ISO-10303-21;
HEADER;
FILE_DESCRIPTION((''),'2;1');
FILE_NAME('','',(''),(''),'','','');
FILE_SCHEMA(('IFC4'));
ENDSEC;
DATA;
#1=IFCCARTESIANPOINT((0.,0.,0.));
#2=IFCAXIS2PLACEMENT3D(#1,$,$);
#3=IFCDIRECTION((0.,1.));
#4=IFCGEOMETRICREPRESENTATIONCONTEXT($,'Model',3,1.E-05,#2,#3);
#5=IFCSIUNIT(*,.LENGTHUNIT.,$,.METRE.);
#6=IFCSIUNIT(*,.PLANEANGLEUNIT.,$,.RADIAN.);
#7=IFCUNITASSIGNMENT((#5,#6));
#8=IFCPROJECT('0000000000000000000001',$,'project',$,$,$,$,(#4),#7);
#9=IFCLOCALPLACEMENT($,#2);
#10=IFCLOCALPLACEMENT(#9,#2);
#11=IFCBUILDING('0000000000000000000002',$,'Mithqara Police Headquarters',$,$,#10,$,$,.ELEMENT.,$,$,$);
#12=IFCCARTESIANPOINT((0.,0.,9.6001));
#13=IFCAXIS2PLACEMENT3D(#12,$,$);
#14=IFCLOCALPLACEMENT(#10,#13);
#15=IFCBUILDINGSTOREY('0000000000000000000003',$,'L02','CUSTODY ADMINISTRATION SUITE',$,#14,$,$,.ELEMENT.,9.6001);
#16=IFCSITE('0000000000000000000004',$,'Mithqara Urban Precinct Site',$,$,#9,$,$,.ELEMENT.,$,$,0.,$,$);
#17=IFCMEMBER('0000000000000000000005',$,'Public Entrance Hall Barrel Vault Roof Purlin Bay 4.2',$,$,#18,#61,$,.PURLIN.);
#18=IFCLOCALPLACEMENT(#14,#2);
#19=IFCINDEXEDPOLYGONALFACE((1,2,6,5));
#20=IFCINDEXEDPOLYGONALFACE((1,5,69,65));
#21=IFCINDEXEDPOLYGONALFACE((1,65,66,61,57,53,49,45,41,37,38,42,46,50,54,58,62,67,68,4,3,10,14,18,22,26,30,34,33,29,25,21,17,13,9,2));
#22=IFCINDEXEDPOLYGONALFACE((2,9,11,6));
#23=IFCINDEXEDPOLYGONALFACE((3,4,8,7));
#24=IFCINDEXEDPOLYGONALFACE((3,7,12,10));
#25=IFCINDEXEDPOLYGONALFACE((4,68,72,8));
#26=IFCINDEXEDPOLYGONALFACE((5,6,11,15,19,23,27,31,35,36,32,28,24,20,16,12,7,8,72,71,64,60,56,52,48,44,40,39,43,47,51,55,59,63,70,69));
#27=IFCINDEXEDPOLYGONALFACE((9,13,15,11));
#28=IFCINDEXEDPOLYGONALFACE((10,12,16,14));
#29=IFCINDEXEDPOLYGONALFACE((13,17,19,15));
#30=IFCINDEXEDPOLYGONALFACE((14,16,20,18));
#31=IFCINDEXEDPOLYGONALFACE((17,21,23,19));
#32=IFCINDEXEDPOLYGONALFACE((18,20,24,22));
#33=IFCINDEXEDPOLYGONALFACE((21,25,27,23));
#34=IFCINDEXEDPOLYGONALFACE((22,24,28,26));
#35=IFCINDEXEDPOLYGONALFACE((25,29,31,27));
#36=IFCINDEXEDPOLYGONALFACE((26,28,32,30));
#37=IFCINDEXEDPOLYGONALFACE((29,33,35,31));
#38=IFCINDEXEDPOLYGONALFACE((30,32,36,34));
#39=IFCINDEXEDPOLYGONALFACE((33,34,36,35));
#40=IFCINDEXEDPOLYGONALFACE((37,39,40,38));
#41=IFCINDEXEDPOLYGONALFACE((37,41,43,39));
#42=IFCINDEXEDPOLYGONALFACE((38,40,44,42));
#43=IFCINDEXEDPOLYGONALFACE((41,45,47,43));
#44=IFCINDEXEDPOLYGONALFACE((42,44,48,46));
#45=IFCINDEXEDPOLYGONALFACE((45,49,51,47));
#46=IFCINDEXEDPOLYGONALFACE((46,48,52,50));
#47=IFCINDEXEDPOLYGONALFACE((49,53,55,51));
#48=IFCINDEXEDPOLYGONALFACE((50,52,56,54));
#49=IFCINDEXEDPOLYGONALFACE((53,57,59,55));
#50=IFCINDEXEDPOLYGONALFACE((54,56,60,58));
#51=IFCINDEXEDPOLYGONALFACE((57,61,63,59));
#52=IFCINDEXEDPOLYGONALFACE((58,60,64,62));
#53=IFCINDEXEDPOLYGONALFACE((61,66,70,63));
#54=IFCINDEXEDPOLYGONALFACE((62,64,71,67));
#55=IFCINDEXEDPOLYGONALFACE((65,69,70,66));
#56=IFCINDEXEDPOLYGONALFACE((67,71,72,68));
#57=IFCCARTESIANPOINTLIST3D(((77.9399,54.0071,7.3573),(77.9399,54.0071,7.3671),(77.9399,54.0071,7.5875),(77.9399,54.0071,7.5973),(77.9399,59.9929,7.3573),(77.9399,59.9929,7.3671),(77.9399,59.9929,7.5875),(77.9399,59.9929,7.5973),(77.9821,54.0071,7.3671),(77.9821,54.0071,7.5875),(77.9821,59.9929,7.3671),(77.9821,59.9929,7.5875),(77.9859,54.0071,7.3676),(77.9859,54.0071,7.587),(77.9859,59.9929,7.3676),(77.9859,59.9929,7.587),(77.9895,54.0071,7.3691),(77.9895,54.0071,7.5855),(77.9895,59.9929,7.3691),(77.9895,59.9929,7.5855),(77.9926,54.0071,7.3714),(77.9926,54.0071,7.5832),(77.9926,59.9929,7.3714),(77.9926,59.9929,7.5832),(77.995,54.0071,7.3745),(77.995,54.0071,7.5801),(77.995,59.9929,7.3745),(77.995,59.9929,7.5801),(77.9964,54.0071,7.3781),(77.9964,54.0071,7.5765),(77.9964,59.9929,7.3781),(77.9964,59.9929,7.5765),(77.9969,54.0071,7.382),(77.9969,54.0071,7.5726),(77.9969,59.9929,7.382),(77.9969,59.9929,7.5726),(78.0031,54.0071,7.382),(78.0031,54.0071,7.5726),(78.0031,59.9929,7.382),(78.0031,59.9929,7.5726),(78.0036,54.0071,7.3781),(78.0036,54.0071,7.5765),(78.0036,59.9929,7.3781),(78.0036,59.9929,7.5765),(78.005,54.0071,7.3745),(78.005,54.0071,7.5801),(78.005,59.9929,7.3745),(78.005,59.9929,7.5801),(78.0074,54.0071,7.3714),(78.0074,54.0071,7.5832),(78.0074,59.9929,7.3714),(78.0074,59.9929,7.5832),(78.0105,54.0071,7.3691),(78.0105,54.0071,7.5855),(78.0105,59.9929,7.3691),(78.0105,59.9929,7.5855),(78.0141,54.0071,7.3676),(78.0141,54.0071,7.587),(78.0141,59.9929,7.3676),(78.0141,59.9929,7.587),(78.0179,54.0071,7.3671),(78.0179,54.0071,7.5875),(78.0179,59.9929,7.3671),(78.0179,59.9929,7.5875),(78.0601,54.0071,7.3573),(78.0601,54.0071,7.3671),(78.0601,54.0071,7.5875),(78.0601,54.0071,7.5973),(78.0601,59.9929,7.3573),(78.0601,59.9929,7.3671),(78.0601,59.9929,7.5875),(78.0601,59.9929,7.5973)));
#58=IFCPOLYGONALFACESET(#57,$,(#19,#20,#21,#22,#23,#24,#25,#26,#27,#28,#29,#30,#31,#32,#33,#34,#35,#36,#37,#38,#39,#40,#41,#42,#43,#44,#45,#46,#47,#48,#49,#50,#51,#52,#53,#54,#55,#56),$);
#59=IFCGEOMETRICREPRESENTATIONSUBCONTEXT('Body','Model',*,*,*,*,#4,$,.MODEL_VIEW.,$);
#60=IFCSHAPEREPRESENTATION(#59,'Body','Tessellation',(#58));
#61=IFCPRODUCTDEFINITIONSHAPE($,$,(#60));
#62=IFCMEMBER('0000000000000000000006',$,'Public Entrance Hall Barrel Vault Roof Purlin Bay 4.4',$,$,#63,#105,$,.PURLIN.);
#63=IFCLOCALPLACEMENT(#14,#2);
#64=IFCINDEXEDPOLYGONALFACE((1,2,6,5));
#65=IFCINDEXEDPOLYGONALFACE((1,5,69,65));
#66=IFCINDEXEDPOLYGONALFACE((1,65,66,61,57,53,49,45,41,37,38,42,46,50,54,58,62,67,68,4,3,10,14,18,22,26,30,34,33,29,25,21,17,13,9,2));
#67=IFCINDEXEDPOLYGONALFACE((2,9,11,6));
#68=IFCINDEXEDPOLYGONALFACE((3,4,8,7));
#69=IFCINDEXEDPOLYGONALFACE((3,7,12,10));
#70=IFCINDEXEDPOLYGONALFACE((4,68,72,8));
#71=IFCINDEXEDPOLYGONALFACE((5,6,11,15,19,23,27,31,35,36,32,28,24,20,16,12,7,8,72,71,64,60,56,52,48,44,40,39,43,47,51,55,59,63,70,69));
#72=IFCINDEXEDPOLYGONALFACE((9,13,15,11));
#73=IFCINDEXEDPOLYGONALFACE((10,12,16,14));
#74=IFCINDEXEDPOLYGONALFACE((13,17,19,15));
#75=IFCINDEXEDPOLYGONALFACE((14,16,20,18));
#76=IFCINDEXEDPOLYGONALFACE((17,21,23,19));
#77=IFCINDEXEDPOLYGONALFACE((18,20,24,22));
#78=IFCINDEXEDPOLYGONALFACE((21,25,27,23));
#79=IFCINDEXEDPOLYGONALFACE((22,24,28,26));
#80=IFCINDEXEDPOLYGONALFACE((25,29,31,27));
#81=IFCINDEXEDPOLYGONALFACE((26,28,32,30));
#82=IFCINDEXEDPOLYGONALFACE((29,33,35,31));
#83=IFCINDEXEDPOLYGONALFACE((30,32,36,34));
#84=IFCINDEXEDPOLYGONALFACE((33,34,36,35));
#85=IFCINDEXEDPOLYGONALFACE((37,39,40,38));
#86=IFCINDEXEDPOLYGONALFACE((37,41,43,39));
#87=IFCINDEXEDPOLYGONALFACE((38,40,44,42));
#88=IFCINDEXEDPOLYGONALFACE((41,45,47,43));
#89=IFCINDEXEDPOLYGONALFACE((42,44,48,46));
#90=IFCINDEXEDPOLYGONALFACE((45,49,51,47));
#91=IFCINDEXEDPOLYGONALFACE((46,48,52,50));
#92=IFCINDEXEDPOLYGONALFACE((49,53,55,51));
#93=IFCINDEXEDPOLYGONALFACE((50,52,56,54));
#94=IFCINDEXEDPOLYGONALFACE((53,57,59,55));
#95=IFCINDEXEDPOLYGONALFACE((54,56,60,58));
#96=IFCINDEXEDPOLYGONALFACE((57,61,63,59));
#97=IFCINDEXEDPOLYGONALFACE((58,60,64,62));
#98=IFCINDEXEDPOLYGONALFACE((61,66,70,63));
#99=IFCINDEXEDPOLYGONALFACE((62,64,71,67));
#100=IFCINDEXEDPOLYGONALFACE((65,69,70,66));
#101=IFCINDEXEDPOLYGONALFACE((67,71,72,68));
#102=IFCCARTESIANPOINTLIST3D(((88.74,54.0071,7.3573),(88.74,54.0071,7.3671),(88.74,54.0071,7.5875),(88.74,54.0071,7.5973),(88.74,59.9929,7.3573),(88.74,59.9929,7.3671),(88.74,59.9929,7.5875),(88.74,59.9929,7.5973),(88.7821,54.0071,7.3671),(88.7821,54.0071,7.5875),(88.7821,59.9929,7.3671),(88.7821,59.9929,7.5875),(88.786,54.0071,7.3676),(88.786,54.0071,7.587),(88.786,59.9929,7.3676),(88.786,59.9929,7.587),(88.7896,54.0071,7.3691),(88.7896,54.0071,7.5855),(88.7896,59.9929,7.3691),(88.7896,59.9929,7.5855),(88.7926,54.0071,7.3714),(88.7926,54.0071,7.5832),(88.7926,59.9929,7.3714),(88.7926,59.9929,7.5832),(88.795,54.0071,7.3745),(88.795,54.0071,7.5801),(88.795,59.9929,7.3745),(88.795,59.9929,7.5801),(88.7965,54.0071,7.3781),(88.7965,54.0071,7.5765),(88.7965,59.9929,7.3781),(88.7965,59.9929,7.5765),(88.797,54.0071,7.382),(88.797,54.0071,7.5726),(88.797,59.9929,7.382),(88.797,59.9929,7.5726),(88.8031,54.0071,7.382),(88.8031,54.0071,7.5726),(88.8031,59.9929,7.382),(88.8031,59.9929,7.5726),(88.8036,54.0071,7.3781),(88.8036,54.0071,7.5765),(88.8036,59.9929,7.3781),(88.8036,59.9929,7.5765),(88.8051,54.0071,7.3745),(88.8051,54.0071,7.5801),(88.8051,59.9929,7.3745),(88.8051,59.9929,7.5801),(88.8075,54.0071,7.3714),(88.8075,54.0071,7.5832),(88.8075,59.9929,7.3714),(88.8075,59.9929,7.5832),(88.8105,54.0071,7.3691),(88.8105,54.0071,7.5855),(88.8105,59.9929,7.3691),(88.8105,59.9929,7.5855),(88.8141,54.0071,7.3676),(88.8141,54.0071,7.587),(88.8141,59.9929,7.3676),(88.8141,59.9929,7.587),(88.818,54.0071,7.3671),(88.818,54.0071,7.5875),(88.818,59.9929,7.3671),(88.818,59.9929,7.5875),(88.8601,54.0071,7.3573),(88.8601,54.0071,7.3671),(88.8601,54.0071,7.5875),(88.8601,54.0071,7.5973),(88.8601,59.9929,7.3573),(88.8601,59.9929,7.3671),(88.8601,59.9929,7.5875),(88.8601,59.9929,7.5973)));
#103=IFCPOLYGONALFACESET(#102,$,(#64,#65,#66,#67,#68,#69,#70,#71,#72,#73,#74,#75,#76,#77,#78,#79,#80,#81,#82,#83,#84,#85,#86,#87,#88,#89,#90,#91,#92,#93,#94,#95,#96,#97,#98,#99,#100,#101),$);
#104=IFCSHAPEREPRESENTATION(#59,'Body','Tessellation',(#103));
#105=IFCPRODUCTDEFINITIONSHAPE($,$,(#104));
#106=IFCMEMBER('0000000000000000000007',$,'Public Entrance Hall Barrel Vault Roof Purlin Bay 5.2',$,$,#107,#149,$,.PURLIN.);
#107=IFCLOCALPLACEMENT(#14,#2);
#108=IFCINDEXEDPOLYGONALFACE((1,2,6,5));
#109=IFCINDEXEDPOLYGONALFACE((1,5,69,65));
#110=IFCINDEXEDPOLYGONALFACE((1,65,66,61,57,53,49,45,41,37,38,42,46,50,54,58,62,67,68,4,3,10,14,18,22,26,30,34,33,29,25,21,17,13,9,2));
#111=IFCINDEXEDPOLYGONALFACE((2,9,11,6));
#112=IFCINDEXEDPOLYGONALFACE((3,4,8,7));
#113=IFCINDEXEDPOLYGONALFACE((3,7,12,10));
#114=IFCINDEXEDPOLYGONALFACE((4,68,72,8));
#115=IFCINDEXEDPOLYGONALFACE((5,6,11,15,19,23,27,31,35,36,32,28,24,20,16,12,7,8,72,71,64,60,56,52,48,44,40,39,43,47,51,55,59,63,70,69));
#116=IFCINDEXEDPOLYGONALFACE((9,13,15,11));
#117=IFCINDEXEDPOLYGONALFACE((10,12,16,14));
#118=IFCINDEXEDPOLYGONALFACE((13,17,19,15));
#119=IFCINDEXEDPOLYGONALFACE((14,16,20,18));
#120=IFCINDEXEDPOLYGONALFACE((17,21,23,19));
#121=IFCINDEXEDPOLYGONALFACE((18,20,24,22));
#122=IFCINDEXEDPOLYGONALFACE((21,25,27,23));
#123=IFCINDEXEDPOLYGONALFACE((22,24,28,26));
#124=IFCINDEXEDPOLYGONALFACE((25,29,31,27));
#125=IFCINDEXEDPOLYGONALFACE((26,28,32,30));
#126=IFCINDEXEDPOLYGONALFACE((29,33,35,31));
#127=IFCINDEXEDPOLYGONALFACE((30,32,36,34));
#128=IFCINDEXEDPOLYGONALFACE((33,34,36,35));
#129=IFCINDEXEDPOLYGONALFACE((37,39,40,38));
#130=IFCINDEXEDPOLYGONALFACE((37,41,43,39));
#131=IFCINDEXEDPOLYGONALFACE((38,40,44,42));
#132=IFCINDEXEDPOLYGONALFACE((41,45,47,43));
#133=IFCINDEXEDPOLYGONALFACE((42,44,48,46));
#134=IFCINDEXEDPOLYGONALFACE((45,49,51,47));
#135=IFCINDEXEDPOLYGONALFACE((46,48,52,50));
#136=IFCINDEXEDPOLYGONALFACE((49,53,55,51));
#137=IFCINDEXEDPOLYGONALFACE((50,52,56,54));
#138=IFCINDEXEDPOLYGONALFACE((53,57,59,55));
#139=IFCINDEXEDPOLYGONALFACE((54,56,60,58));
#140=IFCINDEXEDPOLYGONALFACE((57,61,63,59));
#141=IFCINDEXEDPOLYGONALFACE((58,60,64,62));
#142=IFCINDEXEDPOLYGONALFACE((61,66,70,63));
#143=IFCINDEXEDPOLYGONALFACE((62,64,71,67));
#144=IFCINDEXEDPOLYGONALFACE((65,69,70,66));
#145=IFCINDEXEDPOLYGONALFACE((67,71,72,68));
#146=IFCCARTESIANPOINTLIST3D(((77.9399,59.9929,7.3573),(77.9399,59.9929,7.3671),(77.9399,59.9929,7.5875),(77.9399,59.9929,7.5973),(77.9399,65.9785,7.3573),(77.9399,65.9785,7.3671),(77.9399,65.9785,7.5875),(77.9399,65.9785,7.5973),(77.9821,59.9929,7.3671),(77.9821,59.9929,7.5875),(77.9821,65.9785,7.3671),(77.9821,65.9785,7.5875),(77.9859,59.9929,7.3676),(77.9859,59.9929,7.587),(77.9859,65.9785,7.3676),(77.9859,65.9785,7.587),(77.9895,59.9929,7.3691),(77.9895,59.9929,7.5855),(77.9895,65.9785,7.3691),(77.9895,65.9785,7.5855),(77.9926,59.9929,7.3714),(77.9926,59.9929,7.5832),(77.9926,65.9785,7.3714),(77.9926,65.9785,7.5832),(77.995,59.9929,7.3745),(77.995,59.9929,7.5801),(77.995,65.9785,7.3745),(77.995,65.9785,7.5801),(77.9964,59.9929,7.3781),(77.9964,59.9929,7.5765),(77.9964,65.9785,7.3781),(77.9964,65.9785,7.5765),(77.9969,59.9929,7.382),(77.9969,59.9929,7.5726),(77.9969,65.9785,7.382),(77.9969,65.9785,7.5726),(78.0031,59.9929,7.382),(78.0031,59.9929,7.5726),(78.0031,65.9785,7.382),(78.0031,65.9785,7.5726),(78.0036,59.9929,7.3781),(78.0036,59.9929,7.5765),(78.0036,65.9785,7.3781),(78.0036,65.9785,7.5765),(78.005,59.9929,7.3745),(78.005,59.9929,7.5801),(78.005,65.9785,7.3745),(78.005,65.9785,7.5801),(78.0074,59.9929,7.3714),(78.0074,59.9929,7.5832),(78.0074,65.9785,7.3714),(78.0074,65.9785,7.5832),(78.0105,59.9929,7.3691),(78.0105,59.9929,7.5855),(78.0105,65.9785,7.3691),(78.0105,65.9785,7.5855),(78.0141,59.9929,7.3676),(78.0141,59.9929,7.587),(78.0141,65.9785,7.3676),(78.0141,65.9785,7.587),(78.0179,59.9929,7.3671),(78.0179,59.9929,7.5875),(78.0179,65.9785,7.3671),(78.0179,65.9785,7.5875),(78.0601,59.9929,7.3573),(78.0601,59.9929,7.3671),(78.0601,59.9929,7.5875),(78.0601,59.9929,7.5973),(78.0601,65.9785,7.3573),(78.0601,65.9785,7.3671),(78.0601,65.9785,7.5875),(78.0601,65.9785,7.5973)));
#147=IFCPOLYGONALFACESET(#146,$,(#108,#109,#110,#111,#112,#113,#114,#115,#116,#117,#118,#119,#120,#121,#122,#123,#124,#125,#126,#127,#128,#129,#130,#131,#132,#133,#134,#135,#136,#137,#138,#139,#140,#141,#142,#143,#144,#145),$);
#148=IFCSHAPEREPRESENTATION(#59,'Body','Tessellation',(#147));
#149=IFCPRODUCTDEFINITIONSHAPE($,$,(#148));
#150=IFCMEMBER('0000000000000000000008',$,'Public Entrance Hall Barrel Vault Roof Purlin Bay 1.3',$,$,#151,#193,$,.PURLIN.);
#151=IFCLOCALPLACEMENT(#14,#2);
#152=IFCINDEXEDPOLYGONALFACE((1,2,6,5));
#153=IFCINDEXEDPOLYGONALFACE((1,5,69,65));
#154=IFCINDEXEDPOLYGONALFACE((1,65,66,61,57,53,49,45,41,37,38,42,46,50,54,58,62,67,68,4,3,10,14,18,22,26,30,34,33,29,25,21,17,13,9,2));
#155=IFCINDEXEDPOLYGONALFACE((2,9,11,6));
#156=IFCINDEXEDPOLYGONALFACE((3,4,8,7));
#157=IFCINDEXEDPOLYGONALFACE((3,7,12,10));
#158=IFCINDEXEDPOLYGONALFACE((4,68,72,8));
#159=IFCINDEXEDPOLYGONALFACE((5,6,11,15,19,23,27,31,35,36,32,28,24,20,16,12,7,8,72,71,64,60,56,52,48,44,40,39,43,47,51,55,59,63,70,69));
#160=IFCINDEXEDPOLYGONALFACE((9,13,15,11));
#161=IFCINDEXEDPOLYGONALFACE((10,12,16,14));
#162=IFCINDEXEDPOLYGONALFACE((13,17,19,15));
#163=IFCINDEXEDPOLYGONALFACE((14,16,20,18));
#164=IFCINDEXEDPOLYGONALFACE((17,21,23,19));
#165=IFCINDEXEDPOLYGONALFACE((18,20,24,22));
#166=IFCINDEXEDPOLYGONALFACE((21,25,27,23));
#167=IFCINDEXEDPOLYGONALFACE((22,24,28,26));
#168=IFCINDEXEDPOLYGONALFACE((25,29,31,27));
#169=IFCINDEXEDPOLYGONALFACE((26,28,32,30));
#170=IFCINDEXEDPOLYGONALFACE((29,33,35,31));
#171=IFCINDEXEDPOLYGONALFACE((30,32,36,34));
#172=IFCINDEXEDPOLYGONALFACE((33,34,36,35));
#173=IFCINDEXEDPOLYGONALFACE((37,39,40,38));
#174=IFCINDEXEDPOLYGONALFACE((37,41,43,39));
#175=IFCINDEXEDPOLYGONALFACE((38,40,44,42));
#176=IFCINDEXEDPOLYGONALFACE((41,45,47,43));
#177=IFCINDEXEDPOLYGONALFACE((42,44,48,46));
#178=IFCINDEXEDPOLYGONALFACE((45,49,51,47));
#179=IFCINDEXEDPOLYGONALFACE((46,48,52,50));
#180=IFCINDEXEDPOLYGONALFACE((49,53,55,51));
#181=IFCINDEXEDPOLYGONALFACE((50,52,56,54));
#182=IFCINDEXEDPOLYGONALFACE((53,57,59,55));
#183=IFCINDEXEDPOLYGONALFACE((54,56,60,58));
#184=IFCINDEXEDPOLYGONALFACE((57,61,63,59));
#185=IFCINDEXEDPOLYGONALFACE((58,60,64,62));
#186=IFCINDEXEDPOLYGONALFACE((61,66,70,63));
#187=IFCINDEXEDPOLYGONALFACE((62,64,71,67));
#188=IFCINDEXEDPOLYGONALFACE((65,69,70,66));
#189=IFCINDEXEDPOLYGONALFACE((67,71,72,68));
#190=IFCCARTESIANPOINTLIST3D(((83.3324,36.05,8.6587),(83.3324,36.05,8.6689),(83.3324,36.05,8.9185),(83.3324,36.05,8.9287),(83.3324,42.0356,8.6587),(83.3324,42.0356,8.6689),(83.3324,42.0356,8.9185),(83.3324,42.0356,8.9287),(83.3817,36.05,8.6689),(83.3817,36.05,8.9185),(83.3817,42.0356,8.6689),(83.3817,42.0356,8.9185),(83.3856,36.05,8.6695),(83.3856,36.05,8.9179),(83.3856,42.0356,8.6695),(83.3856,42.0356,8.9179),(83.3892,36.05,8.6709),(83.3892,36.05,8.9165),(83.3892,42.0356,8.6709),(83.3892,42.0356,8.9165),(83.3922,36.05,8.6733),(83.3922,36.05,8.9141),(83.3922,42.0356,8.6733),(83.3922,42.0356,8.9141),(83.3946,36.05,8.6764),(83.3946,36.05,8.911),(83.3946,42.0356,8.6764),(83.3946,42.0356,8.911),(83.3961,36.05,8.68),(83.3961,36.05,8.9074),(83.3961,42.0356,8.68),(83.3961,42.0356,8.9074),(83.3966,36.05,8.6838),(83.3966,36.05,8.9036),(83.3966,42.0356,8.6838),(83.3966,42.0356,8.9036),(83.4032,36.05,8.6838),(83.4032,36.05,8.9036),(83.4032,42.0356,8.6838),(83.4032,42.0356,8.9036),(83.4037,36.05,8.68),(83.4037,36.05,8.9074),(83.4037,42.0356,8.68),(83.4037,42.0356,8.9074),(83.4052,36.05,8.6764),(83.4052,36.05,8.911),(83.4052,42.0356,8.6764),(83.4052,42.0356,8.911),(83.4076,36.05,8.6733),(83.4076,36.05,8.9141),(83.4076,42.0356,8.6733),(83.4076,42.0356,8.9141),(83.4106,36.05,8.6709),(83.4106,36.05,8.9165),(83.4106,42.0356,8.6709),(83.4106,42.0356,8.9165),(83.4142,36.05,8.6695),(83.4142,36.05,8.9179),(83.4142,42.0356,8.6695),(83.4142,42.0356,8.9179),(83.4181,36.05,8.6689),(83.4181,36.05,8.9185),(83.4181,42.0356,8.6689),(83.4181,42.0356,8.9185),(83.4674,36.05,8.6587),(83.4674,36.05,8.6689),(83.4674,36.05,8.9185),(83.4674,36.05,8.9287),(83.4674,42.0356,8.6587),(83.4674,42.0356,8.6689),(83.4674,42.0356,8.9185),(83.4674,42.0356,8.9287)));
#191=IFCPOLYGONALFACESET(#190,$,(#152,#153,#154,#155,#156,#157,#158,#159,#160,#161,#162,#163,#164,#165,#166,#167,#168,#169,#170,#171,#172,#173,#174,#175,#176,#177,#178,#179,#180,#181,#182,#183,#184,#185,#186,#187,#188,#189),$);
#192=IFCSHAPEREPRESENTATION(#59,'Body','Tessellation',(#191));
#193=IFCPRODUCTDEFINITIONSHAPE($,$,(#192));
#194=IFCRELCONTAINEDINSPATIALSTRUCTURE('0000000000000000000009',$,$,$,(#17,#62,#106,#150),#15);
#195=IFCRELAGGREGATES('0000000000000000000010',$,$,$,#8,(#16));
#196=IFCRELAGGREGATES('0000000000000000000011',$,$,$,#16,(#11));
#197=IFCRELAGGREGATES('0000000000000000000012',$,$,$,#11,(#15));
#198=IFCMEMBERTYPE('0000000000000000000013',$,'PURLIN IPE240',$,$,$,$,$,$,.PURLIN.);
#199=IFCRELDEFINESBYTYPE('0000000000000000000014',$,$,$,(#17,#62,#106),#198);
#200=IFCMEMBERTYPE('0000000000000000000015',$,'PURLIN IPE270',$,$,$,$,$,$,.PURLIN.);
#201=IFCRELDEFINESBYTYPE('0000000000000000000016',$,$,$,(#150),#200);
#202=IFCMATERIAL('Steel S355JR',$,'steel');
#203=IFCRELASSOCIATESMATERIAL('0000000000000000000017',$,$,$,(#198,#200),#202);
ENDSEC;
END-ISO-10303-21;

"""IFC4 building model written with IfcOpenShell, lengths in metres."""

from ifc_helpers import new_model, si_unit, direction, frame, origin, origin_2d, place, context, subcontext, project, spatial, i_section, extrude, material, material_profile, profile_set, type_object, element, save


model = new_model("IFC4")

# Units and contexts
model_context = context("Model", 3, precision=1e-05, world=origin(), true_north=direction((0.0, 1.0)))
body_context = subcontext(model_context, "Body", "Model", "MODEL_VIEW")
ifc_project = project(units=[si_unit("LENGTHUNIT", "METRE"), si_unit("PLANEANGLEUNIT", "RADIAN")], contexts=[model_context])

# Site, building, storey
site_placement = place(None, origin())
site = spatial("IfcSite", under=ifc_project, at=site_placement, Name="Mithqara Urban Precinct Site", CompositionType="ELEMENT", RefElevation=0.0)
building_placement = place(site_placement, origin())
building = spatial("IfcBuilding", under=site, at=building_placement, Name="Mithqara Police Headquarters", CompositionType="ELEMENT")
storey_placement = place(building_placement, frame((0.0, 0.0, 9.6001)))
storey = spatial("IfcBuildingStorey", under=building, at=storey_placement, Name="L02", Description="CUSTODY ADMINISTRATION SUITE", CompositionType="ELEMENT", Elevation=9.6001)

# Members
ifc_material_1 = material(Name="Steel S355JR", Category="steel")
ifc_material_profile_1 = material_profile(ifc_material_1, i_section(OverallWidth=0.1201, OverallDepth=0.24, WebThickness=0.0061, FlangeThickness=0.0098, FilletRadius=0.0149, at=origin_2d()), Name="IPE 240")
ifc_profile_set_1 = profile_set([ifc_material_profile_1], Name="Steel S355JR")
member_type_1 = type_object("IfcMemberType", Name="PURLIN IPE240", PredefinedType="PURLIN", material=ifc_profile_set_1)
for number, where, z_axis, x_axis, name in (
    (1, (78.0, 54.0071, 7.4773), (0.0, 1.0, 0.0), (-1.0, 0.0, 0.0), "Public Entrance Hall Barrel Vault Roof Purlin Bay 4.2"),
    (2, (88.8, 54.0071, 7.4773), (0.0, 1.0, 0.0), (-1.0, 0.0, 0.0), "Public Entrance Hall Barrel Vault Roof Purlin Bay 4.4"),
):
    element("IfcMember", number, at=place(storey_placement, frame(where, z_axis=z_axis, x_axis=x_axis)), inside=storey, type_object=member_type_1, Name=name, PredefinedType="PURLIN", context=body_context, shape_type="SweptSolid", body=[
        extrude(i_section(OverallWidth=0.1201, OverallDepth=0.24, WebThickness=0.0061, FlangeThickness=0.0098, FilletRadius=0.0149, at=origin_2d()), origin(), (0.0, 0.0, 1.0), 5.9858),
    ])
member_1_placement = place(storey_placement, frame((78.0, 59.9929, 7.4773), z_axis=(0.0, 1.0, 0.0), x_axis=(-1.0, 0.0, 0.0)))
element("IfcMember", 3, at=member_1_placement, inside=storey, type_object=member_type_1, Name="Public Entrance Hall Barrel Vault Roof Purlin Bay 5.2", PredefinedType="PURLIN", context=body_context, shape_type="SweptSolid", body=[
    extrude(i_section(OverallWidth=0.1201, OverallDepth=0.24, WebThickness=0.0061, FlangeThickness=0.0098, FilletRadius=0.0149, at=origin_2d()), origin(), (0.0, 0.0, 1.0), 5.9856),
])
ifc_material_profile_2 = material_profile(ifc_material_1, i_section(OverallWidth=0.135, OverallDepth=0.27, WebThickness=0.0066, FlangeThickness=0.0103, FilletRadius=0.0149, at=origin_2d()), Name="IPE 270")
ifc_profile_set_2 = profile_set([ifc_material_profile_2], Name="Steel S355JR")
member_type_2 = type_object("IfcMemberType", Name="PURLIN IPE270", PredefinedType="PURLIN", material=ifc_profile_set_2)
member_2_placement = place(storey_placement, frame((83.3999, 36.05, 8.7937), z_axis=(0.0, 1.0, 0.0), x_axis=(-1.0, 0.0, 0.0)))
element("IfcMember", 4, at=member_2_placement, inside=storey, type_object=member_type_2, Name="Public Entrance Hall Barrel Vault Roof Purlin Bay 1.3", PredefinedType="PURLIN", context=body_context, shape_type="SweptSolid", body=[
    extrude(i_section(OverallWidth=0.135, OverallDepth=0.27, WebThickness=0.0066, FlangeThickness=0.0103, FilletRadius=0.0149, at=origin_2d()), origin(), (0.0, 0.0, 1.0), 5.9856),
])

save(model, "model.ifc")
